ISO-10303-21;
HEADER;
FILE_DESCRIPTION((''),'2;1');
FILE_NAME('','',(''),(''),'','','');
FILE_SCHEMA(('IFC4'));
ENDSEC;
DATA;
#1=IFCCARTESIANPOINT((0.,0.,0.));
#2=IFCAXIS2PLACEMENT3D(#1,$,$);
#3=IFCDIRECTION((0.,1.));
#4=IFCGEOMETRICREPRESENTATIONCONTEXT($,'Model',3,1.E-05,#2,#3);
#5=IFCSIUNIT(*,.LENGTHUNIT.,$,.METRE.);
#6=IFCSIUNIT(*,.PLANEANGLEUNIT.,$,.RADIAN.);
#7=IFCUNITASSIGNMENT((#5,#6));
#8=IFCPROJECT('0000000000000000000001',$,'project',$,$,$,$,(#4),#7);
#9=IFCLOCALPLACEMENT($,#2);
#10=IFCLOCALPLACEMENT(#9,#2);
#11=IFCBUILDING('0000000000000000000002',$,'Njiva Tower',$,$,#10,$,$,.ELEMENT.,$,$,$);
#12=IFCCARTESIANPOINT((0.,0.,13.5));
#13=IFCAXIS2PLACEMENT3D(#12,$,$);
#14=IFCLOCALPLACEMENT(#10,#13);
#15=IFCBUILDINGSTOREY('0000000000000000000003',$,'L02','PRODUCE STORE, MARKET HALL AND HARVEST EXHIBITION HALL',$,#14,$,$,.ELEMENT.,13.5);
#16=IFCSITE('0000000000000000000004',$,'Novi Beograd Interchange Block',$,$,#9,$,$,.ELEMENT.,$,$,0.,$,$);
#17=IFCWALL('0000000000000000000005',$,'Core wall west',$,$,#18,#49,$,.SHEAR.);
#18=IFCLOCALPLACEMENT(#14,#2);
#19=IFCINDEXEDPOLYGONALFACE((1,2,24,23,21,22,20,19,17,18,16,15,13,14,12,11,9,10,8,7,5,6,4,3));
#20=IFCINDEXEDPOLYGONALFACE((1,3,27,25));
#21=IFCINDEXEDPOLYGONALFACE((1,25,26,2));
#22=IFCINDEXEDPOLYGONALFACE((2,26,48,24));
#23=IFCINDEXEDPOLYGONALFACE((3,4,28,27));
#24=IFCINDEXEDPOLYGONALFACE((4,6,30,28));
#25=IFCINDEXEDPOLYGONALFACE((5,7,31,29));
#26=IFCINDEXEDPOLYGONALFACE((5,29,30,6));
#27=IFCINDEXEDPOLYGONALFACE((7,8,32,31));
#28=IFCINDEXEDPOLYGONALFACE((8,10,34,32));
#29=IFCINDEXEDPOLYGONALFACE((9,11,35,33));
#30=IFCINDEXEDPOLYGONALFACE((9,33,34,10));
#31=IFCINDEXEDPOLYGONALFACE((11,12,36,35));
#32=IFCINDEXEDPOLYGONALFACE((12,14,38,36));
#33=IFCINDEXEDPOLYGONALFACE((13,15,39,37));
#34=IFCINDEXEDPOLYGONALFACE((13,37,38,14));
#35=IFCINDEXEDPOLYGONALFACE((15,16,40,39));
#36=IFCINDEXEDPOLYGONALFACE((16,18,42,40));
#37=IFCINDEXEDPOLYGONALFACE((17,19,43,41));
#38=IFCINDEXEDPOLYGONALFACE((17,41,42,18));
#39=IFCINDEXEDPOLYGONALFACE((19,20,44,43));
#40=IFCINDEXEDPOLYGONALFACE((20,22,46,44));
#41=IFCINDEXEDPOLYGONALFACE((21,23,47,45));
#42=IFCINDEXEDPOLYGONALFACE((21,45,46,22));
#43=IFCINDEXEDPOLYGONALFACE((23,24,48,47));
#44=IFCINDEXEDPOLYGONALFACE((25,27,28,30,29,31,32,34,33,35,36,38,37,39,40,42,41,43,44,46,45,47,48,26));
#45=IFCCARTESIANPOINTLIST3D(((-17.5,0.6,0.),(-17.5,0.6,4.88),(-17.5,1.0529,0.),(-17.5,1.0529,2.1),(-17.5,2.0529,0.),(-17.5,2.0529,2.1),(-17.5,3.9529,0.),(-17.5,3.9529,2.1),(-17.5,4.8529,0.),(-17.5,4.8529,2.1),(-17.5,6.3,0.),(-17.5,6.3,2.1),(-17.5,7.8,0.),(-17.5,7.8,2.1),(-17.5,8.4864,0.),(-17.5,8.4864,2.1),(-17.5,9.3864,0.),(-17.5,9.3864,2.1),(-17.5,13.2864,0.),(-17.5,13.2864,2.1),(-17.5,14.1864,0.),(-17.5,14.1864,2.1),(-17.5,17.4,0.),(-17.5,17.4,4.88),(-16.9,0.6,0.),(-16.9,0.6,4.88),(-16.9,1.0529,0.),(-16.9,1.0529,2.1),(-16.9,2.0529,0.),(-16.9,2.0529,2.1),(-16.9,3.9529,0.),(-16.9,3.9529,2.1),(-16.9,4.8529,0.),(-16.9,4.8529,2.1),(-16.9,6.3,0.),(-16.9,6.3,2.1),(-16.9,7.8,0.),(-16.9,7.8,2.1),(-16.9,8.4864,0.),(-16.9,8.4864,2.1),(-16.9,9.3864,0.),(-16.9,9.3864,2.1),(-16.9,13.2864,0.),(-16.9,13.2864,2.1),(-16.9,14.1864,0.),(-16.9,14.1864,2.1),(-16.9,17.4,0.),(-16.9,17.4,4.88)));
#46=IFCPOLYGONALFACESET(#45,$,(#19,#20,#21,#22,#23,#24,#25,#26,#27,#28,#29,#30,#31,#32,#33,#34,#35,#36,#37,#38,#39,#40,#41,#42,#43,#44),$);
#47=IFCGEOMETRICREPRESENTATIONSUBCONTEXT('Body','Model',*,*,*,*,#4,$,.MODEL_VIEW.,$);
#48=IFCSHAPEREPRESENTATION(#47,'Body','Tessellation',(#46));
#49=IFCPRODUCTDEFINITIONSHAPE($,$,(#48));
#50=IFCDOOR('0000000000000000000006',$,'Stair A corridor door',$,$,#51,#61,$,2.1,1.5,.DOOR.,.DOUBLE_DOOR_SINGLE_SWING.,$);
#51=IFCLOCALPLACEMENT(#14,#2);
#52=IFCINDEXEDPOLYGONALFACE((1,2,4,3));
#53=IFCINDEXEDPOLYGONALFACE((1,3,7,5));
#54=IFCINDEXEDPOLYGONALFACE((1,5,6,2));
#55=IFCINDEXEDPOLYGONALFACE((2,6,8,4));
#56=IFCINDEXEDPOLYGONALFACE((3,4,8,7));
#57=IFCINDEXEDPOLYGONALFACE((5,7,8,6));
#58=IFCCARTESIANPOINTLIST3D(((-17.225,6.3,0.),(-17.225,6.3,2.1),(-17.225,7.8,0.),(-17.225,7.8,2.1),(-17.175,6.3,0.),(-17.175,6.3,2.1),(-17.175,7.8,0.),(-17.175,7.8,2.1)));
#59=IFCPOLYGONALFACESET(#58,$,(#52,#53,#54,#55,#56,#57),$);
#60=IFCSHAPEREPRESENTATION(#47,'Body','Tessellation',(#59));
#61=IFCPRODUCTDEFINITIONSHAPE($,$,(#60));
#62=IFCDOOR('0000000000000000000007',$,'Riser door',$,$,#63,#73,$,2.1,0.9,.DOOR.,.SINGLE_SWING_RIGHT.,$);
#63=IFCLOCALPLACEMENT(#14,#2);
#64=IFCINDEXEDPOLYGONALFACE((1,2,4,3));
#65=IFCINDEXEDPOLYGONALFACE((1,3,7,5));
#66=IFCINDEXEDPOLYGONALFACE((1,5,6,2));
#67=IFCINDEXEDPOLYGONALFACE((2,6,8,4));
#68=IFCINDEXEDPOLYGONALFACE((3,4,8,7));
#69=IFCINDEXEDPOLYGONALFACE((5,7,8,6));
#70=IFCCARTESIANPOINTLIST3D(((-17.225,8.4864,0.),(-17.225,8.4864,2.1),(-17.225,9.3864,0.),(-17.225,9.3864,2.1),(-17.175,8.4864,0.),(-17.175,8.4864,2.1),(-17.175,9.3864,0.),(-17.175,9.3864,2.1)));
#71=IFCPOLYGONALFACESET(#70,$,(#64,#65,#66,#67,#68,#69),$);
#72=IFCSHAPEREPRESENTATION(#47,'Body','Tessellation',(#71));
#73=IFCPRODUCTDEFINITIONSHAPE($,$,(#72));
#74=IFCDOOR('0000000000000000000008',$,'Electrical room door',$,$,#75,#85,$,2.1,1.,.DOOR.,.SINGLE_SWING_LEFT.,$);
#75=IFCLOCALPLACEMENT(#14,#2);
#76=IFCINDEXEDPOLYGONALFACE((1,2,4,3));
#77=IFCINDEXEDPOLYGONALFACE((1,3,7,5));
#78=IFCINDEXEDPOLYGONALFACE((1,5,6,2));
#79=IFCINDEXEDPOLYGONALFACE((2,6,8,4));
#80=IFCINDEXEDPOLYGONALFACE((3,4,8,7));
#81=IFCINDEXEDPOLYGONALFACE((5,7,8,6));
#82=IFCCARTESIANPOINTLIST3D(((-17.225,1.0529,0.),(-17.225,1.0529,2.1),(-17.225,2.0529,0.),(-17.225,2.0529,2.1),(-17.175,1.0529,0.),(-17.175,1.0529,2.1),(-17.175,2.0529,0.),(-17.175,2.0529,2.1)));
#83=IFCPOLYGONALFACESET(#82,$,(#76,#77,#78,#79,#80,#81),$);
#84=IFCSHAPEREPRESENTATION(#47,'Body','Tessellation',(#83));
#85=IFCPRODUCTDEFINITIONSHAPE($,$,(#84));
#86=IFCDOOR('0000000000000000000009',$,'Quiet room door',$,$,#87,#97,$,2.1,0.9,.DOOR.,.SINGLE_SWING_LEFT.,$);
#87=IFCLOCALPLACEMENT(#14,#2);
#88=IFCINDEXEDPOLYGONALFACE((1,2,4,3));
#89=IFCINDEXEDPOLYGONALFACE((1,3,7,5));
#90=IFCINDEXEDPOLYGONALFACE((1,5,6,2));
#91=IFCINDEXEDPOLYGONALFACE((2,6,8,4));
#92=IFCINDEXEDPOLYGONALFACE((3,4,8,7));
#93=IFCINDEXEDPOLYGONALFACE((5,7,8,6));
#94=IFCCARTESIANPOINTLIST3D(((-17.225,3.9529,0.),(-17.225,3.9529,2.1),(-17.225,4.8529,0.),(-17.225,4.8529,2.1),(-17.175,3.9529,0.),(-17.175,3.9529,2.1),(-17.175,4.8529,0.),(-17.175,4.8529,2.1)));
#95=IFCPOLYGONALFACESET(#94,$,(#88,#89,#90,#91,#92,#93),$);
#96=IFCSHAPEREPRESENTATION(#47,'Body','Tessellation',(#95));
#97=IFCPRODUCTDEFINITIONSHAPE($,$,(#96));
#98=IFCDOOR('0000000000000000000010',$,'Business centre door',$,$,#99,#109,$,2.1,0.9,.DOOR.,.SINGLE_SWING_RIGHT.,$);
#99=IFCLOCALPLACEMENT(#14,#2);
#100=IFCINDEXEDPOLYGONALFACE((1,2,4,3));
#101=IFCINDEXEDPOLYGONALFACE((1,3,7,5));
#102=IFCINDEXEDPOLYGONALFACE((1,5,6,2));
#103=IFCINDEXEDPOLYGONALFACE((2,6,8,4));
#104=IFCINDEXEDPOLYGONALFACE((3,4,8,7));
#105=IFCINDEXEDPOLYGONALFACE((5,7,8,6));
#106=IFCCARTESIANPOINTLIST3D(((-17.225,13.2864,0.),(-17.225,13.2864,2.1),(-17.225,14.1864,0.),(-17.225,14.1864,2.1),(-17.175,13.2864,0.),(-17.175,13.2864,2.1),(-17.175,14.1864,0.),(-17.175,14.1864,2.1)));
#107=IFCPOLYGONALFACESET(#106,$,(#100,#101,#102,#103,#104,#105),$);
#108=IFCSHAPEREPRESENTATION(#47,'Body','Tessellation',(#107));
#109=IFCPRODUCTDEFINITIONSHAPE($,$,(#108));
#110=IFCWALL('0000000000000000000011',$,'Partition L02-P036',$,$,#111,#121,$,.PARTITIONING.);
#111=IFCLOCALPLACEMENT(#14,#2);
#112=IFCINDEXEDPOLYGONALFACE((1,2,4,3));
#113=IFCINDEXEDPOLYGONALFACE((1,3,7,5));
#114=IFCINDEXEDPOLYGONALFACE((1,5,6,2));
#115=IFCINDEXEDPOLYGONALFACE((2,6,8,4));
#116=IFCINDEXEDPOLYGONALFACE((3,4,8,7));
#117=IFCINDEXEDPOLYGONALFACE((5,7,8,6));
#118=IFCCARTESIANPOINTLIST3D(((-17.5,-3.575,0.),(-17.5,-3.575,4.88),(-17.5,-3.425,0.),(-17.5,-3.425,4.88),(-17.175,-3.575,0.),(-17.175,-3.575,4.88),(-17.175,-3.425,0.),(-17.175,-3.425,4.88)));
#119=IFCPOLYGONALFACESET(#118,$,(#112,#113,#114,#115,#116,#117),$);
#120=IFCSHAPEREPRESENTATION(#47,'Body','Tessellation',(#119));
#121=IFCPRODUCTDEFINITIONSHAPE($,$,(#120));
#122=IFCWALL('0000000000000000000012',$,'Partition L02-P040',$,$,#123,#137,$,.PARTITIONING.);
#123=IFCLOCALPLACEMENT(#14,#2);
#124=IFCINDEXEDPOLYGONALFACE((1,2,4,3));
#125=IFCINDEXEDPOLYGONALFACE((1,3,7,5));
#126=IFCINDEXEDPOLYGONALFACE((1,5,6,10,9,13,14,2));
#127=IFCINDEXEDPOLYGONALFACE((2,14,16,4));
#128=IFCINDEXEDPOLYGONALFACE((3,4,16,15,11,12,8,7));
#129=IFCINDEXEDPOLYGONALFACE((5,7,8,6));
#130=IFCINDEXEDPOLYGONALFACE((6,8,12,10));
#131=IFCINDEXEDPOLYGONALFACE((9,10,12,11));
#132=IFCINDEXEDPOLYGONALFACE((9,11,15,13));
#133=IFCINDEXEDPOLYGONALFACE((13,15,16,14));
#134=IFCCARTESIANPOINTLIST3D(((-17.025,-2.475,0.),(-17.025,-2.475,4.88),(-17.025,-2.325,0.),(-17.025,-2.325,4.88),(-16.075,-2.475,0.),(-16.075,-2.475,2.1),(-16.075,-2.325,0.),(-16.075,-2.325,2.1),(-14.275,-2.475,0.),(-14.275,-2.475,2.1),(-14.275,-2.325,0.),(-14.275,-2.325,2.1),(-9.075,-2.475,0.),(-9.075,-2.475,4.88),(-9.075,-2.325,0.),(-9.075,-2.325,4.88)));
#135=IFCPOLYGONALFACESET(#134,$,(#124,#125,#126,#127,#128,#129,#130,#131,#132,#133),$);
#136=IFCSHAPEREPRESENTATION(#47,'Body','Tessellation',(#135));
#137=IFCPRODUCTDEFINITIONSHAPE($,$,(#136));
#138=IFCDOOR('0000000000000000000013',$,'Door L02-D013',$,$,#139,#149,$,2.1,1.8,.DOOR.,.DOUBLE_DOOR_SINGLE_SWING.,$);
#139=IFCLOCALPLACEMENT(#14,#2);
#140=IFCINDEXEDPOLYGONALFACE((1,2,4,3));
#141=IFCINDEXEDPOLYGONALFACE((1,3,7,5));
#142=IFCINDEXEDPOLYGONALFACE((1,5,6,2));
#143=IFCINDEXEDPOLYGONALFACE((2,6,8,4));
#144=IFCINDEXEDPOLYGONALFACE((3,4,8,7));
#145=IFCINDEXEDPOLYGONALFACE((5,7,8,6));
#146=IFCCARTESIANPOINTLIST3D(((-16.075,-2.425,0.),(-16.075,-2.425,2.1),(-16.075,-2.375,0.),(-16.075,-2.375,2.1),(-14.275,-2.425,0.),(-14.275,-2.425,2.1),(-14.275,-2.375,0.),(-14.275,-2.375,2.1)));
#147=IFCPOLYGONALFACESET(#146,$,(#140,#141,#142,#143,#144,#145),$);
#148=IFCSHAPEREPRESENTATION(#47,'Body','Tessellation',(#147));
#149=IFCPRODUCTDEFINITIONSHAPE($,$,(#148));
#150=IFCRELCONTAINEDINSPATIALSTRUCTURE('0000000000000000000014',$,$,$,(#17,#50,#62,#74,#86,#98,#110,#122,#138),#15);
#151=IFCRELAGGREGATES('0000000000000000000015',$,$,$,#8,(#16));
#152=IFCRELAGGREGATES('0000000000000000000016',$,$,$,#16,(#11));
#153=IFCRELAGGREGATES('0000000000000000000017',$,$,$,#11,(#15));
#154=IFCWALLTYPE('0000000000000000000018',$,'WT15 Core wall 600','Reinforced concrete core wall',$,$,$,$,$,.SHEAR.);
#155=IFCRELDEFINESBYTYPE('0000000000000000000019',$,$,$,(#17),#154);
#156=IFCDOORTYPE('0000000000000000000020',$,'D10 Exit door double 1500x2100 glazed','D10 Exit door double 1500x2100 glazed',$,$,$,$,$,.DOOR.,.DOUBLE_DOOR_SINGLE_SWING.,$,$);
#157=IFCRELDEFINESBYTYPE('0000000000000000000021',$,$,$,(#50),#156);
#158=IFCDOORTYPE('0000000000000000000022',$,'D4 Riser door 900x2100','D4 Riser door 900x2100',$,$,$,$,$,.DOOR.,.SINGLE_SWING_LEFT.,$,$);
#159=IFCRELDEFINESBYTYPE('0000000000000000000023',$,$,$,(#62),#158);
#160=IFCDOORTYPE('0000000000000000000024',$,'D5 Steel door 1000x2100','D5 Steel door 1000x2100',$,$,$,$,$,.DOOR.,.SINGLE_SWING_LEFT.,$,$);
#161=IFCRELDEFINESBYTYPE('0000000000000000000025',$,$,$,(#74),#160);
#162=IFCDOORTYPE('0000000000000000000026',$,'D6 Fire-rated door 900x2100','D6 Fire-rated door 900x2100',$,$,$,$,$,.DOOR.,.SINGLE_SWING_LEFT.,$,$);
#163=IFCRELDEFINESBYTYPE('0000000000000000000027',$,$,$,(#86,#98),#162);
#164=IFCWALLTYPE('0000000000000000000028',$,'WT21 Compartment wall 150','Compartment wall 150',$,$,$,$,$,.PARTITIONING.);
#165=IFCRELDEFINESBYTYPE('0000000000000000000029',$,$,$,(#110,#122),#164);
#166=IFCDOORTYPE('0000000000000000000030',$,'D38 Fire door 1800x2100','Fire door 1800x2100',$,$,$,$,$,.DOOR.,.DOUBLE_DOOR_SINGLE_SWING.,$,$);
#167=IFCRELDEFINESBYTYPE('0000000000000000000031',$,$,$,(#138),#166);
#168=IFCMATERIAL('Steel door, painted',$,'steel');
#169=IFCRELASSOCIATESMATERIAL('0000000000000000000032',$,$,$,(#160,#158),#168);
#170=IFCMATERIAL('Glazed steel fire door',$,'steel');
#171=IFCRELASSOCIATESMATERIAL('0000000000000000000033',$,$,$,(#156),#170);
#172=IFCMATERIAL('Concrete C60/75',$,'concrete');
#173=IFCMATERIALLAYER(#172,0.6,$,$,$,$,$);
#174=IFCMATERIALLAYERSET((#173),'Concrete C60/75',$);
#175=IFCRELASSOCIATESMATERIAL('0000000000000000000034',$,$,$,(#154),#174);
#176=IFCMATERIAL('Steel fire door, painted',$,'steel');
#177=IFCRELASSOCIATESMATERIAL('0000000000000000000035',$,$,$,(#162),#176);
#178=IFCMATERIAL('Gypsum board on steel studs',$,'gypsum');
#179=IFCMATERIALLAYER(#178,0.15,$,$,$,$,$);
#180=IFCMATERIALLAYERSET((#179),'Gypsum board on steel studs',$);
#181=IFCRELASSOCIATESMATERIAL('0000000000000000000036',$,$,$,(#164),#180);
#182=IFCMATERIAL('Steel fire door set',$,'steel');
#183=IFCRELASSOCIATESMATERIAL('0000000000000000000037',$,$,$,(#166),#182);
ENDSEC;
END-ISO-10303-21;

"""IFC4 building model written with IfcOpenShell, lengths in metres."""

from ifc_helpers import new_model, si_unit, direction, frame, frame_2d, origin, place, context, subcontext, project, spatial, rectangle, extrude, material, layer, layer_set, type_object, element, fill, save


model = new_model("IFC4")

# Units and contexts
model_context = context("Model", 3, precision=1e-05, world=origin(), true_north=direction((0.0, 1.0)))
body_context = subcontext(model_context, "Body", "Model", "MODEL_VIEW")
ifc_project = project(units=[si_unit("LENGTHUNIT", "METRE"), si_unit("PLANEANGLEUNIT", "RADIAN")], contexts=[model_context])

# Site, building, storey
site_placement = place(None, origin())
site = spatial("IfcSite", under=ifc_project, at=site_placement, Name="Novi Beograd Interchange Block", CompositionType="ELEMENT", RefElevation=0.0)
building_placement = place(site_placement, origin())
building = spatial("IfcBuilding", under=site, at=building_placement, Name="Njiva Tower", CompositionType="ELEMENT")
storey_placement = place(building_placement, frame((0.0, 0.0, 13.5)))
storey = spatial("IfcBuildingStorey", under=building, at=storey_placement, Name="L02", Description="PRODUCE STORE, MARKET HALL AND HARVEST EXHIBITION HALL", CompositionType="ELEMENT", Elevation=13.5)

# Shared definitions
ifc_material_1 = material(Name="Steel door, painted", Category="steel")
door_type_1 = type_object("IfcDoorType", Name="D5 Steel door 1000x2100", Description="D5 Steel door 1000x2100", OperationType="SINGLE_SWING_LEFT", PredefinedType="DOOR", material=ifc_material_1)
ifc_material_2 = material(Name="Glazed steel fire door", Category="steel")

# Shared definitions
door_type_2 = type_object("IfcDoorType", Name="D10 Exit door double 1500x2100 glazed", Description="D10 Exit door double 1500x2100 glazed", OperationType="DOUBLE_DOOR_SINGLE_SWING", PredefinedType="DOOR", material=ifc_material_2)

# Wall, openings, doors
ifc_material_3 = material(Name="Concrete C60/75", Category="concrete")
ifc_layer_1 = layer(ifc_material_3, 0.6)
ifc_layer_set_1 = layer_set([ifc_layer_1], Name="Concrete C60/75")
wall_type_1 = type_object("IfcWallType", Name="WT15 Core wall 600", Description="Reinforced concrete core wall", PredefinedType="SHEAR", material=ifc_layer_set_1)
wall_1_placement = place(storey_placement, frame((-17.2, 0.6, 0.0), z_axis=(0.0, 0.0, 1.0), x_axis=(0.0, 1.0, 0.0)))
wall_1 = element("IfcWall", 1, at=wall_1_placement, inside=storey, type_object=wall_type_1, Name="Core wall west", PredefinedType="SHEAR", context=body_context, shape_type="SweptSolid", body=[
    extrude(rectangle(XDim=16.8, YDim=0.6, at=frame_2d((8.4, 0.0))), origin(), (0.0, 0.0, 1.0), 4.88),
])
opening_1_placement = place(wall_1_placement, frame((5.7, 0.0, 0.0)))
opening_1 = element("IfcOpeningElement", 2, at=opening_1_placement, cuts=wall_1, PredefinedType="OPENING", context=body_context, shape_type="SweptSolid", body=[
    extrude(rectangle(XDim=1.5, YDim=2.1, at=frame_2d((0.75, 1.05))), frame((0.0, 0.31, 0.0), z_axis=(0.0, -1.0, 0.0), x_axis=(1.0, 0.0, 0.0)), (0.0, 0.0, 1.0), 0.62),
])
opening_2_placement = place(wall_1_placement, frame((0.4529, 0.0, 0.0)))
opening_2 = element("IfcOpeningElement", 3, at=opening_2_placement, cuts=wall_1, PredefinedType="OPENING", context=body_context, shape_type="SweptSolid", body=[
    extrude(rectangle(XDim=1.0, YDim=2.1, at=frame_2d((0.5, 1.05))), frame((0.0, 0.31, 0.0), z_axis=(0.0, -1.0, 0.0), x_axis=(1.0, 0.0, 0.0)), (0.0, 0.0, 1.0), 0.62),
])
opening_3_placement = place(wall_1_placement, frame((3.3529, 0.0, 0.0)))
opening_3 = element("IfcOpeningElement", 4, at=opening_3_placement, cuts=wall_1, PredefinedType="OPENING", context=body_context, shape_type="SweptSolid", body=[
    extrude(rectangle(XDim=0.9, YDim=2.1, at=frame_2d((0.45, 1.05))), frame((0.0, 0.31, 0.0), z_axis=(0.0, -1.0, 0.0), x_axis=(1.0, 0.0, 0.0)), (0.0, 0.0, 1.0), 0.62),
])
opening_4_placement = place(wall_1_placement, frame((7.8864, 0.0, 0.0)))
opening_4 = element("IfcOpeningElement", 5, at=opening_4_placement, cuts=wall_1, PredefinedType="OPENING", context=body_context, shape_type="SweptSolid", body=[
    extrude(rectangle(XDim=0.9, YDim=2.1, at=frame_2d((0.45, 1.05))), frame((0.0, 0.31, 0.0), z_axis=(0.0, -1.0, 0.0), x_axis=(1.0, 0.0, 0.0)), (0.0, 0.0, 1.0), 0.62),
])
opening_5_placement = place(wall_1_placement, frame((12.6864, 0.0, 0.0)))
opening_5 = element("IfcOpeningElement", 6, at=opening_5_placement, cuts=wall_1, PredefinedType="OPENING", context=body_context, shape_type="SweptSolid", body=[
    extrude(rectangle(XDim=0.9, YDim=2.1, at=frame_2d((0.45, 1.05))), frame((0.0, 0.31, 0.0), z_axis=(0.0, -1.0, 0.0), x_axis=(1.0, 0.0, 0.0)), (0.0, 0.0, 1.0), 0.62),
])
door_1_placement = place(opening_1_placement, origin())
door_1 = element("IfcDoor", 7, at=door_1_placement, inside=storey, type_object=door_type_2, Name="Stair A corridor door", OperationType="DOUBLE_DOOR_SINGLE_SWING", OverallHeight=2.1, OverallWidth=1.5, PredefinedType="DOOR", context=body_context, shape_type="SweptSolid", body=[
    extrude(rectangle(XDim=1.5, YDim=2.1, at=frame_2d((0.75, 1.05))), frame((0.0, 0.025, 0.0), z_axis=(0.0, -1.0, 0.0), x_axis=(1.0, 0.0, 0.0)), (0.0, 0.0, 1.0), 0.05),
])
fill(opening_1, door_1)
door_type_3 = type_object("IfcDoorType", Name="D4 Riser door 900x2100", Description="D4 Riser door 900x2100", OperationType="SINGLE_SWING_LEFT", PredefinedType="DOOR", material=ifc_material_1)
door_2_placement = place(opening_4_placement, origin())
door_2 = element("IfcDoor", 8, at=door_2_placement, inside=storey, type_object=door_type_3, Name="Riser door", OperationType="SINGLE_SWING_RIGHT", OverallHeight=2.1, OverallWidth=0.9, PredefinedType="DOOR", context=body_context, shape_type="SweptSolid", body=[
    extrude(rectangle(XDim=0.9, YDim=2.1, at=frame_2d((0.45, 1.05))), frame((0.0, 0.025, 0.0), z_axis=(0.0, -1.0, 0.0), x_axis=(1.0, 0.0, 0.0)), (0.0, 0.0, 1.0), 0.05),
])
fill(opening_4, door_2)
door_3_placement = place(opening_2_placement, origin())
door_3 = element("IfcDoor", 9, at=door_3_placement, inside=storey, type_object=door_type_1, Name="Electrical room door", OperationType="SINGLE_SWING_LEFT", OverallHeight=2.1, OverallWidth=1.0, PredefinedType="DOOR", context=body_context, shape_type="SweptSolid", body=[
    extrude(rectangle(XDim=1.0, YDim=2.1, at=frame_2d((0.5, 1.05))), frame((0.0, 0.025, 0.0), z_axis=(0.0, -1.0, 0.0), x_axis=(1.0, 0.0, 0.0)), (0.0, 0.0, 1.0), 0.05),
])
fill(opening_2, door_3)
ifc_material_4 = material(Name="Steel fire door, painted", Category="steel")
door_type_4 = type_object("IfcDoorType", Name="D6 Fire-rated door 900x2100", Description="D6 Fire-rated door 900x2100", OperationType="SINGLE_SWING_LEFT", PredefinedType="DOOR", material=ifc_material_4)
door_4_placement = place(opening_3_placement, origin())
door_4 = element("IfcDoor", 10, at=door_4_placement, inside=storey, type_object=door_type_4, Name="Quiet room door", OperationType="SINGLE_SWING_LEFT", OverallHeight=2.1, OverallWidth=0.9, PredefinedType="DOOR", context=body_context, shape_type="SweptSolid", body=[
    extrude(rectangle(XDim=0.9, YDim=2.1, at=frame_2d((0.45, 1.05))), frame((0.0, 0.025, 0.0), z_axis=(0.0, -1.0, 0.0), x_axis=(1.0, 0.0, 0.0)), (0.0, 0.0, 1.0), 0.05),
])
fill(opening_3, door_4)
door_5_placement = place(opening_5_placement, origin())
door_5 = element("IfcDoor", 11, at=door_5_placement, inside=storey, type_object=door_type_4, Name="Business centre door", OperationType="SINGLE_SWING_RIGHT", OverallHeight=2.1, OverallWidth=0.9, PredefinedType="DOOR", context=body_context, shape_type="SweptSolid", body=[
    extrude(rectangle(XDim=0.9, YDim=2.1, at=frame_2d((0.45, 1.05))), frame((0.0, 0.025, 0.0), z_axis=(0.0, -1.0, 0.0), x_axis=(1.0, 0.0, 0.0)), (0.0, 0.0, 1.0), 0.05),
])
fill(opening_5, door_5)

# Wall
ifc_material_5 = material(Name="Gypsum board on steel studs", Category="gypsum")
ifc_layer_2 = layer(ifc_material_5, 0.15)
ifc_layer_set_2 = layer_set([ifc_layer_2], Name="Gypsum board on steel studs")
wall_type_2 = type_object("IfcWallType", Name="WT21 Compartment wall 150", Description="Compartment wall 150", PredefinedType="PARTITIONING", material=ifc_layer_set_2)
wall_2_placement = place(storey_placement, frame((-17.5, -3.5, 0.0), z_axis=(0.0, 0.0, 1.0), x_axis=(1.0, 0.0, 0.0)))
element("IfcWall", 12, at=wall_2_placement, inside=storey, type_object=wall_type_2, Name="Partition L02-P036", PredefinedType="PARTITIONING", context=body_context, shape_type="SweptSolid", body=[
    extrude(rectangle(XDim=0.325, YDim=0.15, at=frame_2d((0.1625, 0.0))), origin(), (0.0, 0.0, 1.0), 4.88),
])

# Wall, opening, door
wall_3_placement = place(storey_placement, frame((-17.025, -2.4, 0.0), z_axis=(0.0, 0.0, 1.0), x_axis=(1.0, 0.0, 0.0)))
wall_3 = element("IfcWall", 13, at=wall_3_placement, inside=storey, type_object=wall_type_2, Name="Partition L02-P040", PredefinedType="PARTITIONING", context=body_context, shape_type="SweptSolid", body=[
    extrude(rectangle(XDim=7.95, YDim=0.15, at=frame_2d((3.975, 0.0))), origin(), (0.0, 0.0, 1.0), 4.88),
])
opening_6_placement = place(wall_3_placement, frame((0.95, 0.0, 0.0)))
opening_6 = element("IfcOpeningElement", 14, at=opening_6_placement, cuts=wall_3, PredefinedType="OPENING", context=body_context, shape_type="SweptSolid", body=[
    extrude(rectangle(XDim=1.8, YDim=2.1, at=frame_2d((0.9, 1.05))), frame((0.0, 0.085, 0.0), z_axis=(0.0, -1.0, 0.0), x_axis=(1.0, 0.0, 0.0)), (0.0, 0.0, 1.0), 0.17),
])
ifc_material_6 = material(Name="Steel fire door set", Category="steel")
door_type_5 = type_object("IfcDoorType", Name="D38 Fire door 1800x2100", Description="Fire door 1800x2100", OperationType="DOUBLE_DOOR_SINGLE_SWING", PredefinedType="DOOR", material=ifc_material_6)
door_6_placement = place(opening_6_placement, origin())
door_6 = element("IfcDoor", 15, at=door_6_placement, inside=storey, type_object=door_type_5, Name="Door L02-D013", OperationType="DOUBLE_DOOR_SINGLE_SWING", OverallHeight=2.1, OverallWidth=1.8, PredefinedType="DOOR", context=body_context, shape_type="SweptSolid", body=[
    extrude(rectangle(XDim=1.8, YDim=2.1, at=frame_2d((0.9, 1.05))), frame((0.0, 0.025, 0.0), z_axis=(0.0, -1.0, 0.0), x_axis=(1.0, 0.0, 0.0)), (0.0, 0.0, 1.0), 0.05),
])
fill(opening_6, door_6)

save(model, "model.ifc")
